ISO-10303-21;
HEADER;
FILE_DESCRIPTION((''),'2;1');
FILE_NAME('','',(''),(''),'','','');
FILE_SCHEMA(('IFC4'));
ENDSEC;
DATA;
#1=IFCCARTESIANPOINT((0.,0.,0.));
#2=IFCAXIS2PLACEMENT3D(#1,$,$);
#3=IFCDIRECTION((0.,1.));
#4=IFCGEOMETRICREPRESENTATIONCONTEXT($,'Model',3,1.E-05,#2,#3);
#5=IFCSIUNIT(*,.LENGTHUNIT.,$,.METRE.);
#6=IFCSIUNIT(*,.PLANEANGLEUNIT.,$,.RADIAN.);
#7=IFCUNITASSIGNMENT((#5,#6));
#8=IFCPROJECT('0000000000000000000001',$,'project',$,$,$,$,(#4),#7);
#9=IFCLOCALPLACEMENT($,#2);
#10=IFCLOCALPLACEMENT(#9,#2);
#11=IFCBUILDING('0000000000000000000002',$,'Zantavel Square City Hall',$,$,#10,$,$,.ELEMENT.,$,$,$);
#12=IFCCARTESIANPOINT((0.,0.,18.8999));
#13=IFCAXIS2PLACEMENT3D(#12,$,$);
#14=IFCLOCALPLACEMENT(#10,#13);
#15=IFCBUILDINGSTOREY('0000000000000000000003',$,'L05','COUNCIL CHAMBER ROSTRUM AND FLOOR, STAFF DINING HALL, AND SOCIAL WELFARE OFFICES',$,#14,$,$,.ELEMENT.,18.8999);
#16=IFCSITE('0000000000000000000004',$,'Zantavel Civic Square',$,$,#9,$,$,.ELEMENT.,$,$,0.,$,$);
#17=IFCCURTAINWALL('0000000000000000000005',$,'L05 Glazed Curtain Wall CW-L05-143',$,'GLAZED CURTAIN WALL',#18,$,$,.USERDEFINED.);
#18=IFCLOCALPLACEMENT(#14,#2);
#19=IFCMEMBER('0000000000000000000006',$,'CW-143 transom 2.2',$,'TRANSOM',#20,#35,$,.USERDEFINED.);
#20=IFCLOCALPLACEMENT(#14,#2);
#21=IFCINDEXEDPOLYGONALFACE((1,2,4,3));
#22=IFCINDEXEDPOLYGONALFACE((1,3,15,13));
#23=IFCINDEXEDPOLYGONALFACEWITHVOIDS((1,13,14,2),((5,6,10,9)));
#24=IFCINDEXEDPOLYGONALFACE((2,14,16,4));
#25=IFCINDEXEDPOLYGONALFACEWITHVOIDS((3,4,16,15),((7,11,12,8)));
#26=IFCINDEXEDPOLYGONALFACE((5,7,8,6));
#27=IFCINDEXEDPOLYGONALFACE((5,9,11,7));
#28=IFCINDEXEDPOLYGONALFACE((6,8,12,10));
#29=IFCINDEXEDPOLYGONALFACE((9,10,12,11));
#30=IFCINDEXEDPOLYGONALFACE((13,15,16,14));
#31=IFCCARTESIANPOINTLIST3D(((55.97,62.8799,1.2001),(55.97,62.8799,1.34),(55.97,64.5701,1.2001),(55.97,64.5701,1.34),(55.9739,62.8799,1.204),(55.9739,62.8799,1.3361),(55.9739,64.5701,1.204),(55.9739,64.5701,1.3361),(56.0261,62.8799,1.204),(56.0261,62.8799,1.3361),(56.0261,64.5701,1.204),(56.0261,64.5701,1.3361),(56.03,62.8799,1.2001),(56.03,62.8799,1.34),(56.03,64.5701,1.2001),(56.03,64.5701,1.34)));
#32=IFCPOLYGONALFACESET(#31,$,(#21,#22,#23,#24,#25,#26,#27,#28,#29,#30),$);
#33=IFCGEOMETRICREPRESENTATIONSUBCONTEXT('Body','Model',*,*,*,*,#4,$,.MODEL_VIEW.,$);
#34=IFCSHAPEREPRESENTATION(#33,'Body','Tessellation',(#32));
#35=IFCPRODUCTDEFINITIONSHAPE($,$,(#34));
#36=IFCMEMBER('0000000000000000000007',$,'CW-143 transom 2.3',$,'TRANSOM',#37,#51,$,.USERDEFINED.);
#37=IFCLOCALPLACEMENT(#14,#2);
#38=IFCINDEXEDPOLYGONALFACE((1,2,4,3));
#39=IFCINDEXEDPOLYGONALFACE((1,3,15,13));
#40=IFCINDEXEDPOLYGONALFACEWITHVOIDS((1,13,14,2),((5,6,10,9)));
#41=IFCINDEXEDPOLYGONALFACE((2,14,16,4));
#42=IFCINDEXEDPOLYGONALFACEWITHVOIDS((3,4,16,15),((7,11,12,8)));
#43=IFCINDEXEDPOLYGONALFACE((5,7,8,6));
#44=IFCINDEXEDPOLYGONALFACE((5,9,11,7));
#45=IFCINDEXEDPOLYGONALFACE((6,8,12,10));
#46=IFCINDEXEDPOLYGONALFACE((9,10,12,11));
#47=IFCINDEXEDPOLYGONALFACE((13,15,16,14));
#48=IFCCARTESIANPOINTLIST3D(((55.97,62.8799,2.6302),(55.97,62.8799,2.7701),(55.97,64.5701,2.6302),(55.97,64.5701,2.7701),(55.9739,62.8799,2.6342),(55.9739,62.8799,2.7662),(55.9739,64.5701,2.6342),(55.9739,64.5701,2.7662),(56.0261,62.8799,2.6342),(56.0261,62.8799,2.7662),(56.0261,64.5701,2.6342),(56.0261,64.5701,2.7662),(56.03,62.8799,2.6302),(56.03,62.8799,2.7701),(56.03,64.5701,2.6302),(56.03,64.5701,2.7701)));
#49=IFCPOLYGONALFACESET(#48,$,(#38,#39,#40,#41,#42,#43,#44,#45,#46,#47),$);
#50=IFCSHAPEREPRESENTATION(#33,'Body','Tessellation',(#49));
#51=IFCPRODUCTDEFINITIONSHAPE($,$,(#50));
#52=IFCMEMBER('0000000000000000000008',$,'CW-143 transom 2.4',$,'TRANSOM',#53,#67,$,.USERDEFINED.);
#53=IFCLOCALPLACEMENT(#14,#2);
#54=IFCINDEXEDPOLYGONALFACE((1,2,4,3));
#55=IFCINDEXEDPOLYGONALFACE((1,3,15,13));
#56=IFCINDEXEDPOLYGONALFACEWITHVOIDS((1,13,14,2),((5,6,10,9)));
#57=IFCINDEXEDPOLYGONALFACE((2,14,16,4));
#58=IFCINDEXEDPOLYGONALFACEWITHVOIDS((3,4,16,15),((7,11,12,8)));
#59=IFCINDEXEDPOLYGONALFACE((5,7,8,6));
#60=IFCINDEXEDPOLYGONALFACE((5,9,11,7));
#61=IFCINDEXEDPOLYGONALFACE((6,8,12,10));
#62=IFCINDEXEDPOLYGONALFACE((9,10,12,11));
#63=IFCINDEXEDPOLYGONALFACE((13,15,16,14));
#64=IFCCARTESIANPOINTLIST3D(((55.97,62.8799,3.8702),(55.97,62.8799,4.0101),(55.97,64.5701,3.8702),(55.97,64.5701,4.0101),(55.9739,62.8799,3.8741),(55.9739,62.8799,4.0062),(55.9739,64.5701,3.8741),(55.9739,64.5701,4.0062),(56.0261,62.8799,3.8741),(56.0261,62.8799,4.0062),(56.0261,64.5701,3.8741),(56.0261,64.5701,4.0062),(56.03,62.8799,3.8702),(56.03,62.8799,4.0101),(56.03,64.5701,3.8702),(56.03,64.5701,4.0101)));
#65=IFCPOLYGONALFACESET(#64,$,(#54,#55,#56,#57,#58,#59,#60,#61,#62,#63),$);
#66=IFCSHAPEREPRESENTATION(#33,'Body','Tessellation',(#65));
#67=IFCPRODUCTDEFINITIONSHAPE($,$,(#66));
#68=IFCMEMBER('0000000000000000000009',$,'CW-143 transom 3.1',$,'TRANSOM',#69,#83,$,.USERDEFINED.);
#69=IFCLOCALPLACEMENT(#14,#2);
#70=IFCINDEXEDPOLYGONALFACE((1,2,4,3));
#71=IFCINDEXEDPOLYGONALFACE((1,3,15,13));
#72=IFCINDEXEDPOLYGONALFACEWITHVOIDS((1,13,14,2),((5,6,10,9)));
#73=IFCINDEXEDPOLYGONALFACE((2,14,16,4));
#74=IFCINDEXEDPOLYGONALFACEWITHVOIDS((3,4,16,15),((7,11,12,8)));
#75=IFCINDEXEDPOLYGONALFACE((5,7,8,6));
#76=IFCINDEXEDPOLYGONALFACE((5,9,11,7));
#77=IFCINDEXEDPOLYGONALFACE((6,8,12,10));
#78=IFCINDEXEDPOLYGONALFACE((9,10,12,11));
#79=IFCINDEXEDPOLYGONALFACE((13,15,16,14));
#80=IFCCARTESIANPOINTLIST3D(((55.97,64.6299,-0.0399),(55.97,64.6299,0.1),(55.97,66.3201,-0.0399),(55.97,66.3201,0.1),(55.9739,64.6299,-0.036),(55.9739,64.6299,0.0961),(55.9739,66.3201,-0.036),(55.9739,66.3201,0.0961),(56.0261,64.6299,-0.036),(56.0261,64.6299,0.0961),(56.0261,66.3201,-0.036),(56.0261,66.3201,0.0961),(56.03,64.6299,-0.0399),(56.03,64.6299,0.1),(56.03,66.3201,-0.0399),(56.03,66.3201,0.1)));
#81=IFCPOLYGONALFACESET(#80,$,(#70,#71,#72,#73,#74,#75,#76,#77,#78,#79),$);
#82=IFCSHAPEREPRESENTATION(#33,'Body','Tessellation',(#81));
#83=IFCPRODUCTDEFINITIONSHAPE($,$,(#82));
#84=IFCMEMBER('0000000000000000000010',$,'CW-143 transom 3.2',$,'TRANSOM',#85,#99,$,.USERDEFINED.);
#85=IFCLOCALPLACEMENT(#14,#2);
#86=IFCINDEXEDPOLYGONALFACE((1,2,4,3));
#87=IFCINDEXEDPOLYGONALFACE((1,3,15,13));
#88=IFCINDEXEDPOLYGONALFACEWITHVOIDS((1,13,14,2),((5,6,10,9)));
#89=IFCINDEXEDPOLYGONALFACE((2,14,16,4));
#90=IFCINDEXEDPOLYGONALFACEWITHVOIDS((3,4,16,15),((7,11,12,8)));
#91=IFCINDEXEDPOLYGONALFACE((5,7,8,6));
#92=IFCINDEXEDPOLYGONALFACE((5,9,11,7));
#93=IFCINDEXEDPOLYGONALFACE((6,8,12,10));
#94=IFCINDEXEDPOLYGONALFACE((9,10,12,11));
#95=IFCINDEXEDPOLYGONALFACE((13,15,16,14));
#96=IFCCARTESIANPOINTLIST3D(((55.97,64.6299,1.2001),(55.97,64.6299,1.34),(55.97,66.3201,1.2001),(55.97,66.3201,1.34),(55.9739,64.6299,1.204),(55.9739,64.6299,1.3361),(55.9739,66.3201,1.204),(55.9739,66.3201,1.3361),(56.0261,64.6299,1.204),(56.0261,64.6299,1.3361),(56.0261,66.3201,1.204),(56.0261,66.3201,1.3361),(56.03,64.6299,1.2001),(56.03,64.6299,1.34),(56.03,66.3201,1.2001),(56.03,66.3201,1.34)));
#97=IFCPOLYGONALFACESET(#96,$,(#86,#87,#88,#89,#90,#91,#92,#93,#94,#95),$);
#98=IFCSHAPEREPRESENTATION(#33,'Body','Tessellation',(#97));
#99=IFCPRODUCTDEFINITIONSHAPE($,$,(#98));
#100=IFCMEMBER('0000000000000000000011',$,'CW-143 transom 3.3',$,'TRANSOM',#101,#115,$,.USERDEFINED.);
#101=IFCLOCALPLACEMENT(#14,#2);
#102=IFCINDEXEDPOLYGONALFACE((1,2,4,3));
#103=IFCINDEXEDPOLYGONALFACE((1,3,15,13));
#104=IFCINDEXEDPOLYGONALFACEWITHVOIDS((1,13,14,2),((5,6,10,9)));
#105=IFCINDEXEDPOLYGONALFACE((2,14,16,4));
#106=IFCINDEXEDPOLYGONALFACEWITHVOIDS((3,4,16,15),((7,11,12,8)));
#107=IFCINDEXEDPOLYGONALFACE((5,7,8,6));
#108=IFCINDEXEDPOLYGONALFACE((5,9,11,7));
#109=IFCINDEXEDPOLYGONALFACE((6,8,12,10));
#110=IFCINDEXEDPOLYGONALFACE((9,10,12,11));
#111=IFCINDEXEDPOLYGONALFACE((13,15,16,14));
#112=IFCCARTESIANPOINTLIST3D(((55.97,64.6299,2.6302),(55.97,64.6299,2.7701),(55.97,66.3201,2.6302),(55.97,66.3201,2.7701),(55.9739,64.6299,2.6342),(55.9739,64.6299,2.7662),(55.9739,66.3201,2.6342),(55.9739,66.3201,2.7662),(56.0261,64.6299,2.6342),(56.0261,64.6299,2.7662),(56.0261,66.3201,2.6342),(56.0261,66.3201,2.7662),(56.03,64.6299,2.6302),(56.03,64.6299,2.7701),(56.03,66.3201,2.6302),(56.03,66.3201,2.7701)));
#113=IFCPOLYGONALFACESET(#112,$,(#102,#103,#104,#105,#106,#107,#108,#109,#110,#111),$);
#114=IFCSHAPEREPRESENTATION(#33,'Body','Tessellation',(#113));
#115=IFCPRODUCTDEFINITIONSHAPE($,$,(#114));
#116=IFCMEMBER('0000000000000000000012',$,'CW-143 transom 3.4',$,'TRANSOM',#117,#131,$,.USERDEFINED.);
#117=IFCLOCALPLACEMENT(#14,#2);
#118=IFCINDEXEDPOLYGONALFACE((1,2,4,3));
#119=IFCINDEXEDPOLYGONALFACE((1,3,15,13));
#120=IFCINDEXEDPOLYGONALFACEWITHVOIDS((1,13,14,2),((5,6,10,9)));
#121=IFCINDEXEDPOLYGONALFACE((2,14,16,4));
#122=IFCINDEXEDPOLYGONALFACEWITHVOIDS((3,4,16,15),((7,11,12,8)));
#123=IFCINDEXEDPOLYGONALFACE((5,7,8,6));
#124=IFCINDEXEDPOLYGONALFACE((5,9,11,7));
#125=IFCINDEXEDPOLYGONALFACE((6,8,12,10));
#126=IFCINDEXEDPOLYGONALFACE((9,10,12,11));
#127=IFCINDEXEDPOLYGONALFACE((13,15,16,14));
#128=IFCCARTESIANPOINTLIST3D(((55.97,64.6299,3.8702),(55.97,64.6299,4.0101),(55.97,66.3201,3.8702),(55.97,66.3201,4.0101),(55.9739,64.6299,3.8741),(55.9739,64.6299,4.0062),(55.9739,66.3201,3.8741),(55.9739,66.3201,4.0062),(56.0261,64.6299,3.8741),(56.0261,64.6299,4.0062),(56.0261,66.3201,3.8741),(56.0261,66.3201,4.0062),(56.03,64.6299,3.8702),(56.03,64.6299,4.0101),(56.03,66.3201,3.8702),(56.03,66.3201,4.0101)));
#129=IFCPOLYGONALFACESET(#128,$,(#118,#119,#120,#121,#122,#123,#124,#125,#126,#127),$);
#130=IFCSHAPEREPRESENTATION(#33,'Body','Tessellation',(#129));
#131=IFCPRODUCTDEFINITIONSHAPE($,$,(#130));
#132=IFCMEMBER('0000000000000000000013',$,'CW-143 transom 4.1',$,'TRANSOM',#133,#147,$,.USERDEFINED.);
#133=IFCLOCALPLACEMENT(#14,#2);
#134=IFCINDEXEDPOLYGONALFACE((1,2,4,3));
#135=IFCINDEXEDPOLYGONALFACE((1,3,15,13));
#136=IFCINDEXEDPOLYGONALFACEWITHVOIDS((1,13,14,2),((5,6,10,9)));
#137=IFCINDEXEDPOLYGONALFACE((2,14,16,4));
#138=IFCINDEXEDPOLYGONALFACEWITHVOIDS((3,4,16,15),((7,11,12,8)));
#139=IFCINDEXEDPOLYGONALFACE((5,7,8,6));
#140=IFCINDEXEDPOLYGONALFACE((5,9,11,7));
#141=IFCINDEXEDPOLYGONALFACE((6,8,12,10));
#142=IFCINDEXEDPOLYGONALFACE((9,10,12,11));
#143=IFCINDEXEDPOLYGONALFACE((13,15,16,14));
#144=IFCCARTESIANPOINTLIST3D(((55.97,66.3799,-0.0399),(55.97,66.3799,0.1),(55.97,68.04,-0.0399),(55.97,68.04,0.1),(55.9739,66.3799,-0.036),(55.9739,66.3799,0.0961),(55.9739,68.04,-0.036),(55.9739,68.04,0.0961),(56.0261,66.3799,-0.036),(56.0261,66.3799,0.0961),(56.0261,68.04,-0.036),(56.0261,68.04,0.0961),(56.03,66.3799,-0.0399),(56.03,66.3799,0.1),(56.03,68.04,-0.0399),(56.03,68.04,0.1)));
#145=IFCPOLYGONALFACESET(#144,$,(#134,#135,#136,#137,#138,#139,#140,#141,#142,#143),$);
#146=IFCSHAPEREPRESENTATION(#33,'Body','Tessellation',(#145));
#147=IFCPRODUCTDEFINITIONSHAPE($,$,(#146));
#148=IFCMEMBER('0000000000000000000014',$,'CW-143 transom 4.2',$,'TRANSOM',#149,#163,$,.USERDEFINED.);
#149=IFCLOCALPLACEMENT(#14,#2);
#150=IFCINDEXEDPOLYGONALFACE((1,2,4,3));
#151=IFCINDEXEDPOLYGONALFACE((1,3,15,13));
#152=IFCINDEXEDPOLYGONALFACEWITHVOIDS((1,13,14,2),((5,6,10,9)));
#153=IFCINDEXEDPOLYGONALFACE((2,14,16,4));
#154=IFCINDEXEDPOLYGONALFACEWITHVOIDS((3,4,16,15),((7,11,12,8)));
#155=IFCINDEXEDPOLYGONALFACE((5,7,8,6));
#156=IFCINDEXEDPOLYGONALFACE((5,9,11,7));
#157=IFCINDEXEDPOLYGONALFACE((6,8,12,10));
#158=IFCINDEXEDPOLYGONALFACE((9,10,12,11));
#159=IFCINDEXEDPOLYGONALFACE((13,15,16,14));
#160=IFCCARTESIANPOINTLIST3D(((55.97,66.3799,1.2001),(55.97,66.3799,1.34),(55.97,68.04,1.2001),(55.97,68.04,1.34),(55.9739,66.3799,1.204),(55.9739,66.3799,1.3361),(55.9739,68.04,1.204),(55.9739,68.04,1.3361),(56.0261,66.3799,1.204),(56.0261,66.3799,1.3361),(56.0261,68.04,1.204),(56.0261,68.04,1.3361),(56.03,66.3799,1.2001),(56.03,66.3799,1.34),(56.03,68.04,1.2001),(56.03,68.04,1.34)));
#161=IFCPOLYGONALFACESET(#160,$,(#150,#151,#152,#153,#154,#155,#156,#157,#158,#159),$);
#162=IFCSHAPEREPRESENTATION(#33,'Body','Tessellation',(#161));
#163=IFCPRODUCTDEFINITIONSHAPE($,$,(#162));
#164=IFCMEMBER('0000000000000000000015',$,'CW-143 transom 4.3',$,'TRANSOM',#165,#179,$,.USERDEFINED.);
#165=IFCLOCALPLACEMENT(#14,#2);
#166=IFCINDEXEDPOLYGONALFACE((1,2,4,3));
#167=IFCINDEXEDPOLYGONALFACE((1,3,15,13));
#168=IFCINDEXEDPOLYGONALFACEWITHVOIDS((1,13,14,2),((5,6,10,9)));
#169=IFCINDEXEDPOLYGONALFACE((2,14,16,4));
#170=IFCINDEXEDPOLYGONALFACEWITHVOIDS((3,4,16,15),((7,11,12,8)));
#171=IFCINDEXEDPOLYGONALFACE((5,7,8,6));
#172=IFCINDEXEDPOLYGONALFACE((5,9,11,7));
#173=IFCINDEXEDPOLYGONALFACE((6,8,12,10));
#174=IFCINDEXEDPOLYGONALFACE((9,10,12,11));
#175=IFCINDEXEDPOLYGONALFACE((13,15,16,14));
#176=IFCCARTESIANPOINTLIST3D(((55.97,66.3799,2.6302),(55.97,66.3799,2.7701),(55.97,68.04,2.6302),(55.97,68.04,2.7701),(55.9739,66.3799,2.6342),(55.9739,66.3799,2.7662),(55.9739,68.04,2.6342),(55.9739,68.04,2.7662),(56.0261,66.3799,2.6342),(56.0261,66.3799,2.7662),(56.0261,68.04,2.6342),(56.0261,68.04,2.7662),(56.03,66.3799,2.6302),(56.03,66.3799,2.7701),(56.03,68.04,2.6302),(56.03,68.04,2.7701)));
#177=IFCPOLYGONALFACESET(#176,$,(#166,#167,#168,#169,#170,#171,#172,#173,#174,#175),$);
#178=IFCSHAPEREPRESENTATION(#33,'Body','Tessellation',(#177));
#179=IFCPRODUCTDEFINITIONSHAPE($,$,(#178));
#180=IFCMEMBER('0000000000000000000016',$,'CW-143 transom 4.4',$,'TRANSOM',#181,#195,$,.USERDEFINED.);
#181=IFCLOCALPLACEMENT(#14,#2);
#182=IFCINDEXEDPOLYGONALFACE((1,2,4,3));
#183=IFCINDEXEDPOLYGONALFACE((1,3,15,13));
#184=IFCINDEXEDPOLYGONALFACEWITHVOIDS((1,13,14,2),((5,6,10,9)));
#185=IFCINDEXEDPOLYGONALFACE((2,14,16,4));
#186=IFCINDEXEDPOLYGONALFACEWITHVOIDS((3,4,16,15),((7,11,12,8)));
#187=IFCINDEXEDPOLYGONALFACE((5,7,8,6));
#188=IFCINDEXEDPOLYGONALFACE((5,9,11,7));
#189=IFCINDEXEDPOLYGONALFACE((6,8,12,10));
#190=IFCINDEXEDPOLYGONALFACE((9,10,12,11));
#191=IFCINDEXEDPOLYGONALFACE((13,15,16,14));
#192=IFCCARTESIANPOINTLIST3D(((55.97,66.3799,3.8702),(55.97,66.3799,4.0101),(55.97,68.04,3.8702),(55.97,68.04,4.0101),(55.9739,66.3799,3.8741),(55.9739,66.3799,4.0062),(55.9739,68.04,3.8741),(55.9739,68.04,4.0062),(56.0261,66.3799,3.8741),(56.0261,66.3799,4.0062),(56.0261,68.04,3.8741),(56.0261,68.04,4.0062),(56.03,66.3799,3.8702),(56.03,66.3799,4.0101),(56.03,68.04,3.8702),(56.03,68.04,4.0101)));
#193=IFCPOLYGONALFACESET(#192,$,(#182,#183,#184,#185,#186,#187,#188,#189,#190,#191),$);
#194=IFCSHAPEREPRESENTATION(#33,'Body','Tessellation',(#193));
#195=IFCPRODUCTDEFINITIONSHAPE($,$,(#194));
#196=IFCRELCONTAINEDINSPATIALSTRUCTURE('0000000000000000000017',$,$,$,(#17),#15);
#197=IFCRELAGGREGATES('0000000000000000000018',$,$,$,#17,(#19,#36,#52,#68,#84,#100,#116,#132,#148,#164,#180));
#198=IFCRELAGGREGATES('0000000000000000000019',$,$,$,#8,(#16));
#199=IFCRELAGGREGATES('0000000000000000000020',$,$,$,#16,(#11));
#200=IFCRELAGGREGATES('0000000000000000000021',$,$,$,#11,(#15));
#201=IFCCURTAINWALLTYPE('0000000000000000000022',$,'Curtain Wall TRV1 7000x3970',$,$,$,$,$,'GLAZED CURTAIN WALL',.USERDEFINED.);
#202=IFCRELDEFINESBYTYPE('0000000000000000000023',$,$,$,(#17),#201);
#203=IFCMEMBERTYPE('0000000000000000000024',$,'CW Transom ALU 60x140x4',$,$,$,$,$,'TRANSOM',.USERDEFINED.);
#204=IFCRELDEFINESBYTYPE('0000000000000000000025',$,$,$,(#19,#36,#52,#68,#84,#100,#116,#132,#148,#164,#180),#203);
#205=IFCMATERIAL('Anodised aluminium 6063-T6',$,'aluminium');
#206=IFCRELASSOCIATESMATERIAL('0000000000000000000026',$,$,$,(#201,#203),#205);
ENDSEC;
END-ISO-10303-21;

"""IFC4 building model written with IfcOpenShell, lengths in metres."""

from ifc_helpers import new_model, si_unit, direction, frame, origin, origin_2d, place, context, subcontext, project, spatial, hollow_rectangle, extrude, material, material_profile, profile_set, type_object, element, aggregate, save


model = new_model("IFC4")

# Units and contexts
model_context = context("Model", 3, precision=1e-05, world=origin(), true_north=direction((0.0, 1.0)))
body_context = subcontext(model_context, "Body", "Model", "MODEL_VIEW")
ifc_project = project(units=[si_unit("LENGTHUNIT", "METRE"), si_unit("PLANEANGLEUNIT", "RADIAN")], contexts=[model_context])

# Site, building, storey
site_placement = place(None, origin())
site = spatial("IfcSite", under=ifc_project, at=site_placement, Name="Zantavel Civic Square", CompositionType="ELEMENT", RefElevation=0.0)
building_placement = place(site_placement, origin())
building = spatial("IfcBuilding", under=site, at=building_placement, Name="Zantavel Square City Hall", CompositionType="ELEMENT")
storey_placement = place(building_placement, frame((0.0, 0.0, 18.8999)))
storey = spatial("IfcBuildingStorey", under=building, at=storey_placement, Name="L05", Description="COUNCIL CHAMBER ROSTRUM AND FLOOR, STAFF DINING HALL, AND SOCIAL WELFARE OFFICES", CompositionType="ELEMENT", Elevation=18.8999)

# Curtain wall, members
ifc_material_1 = material(Name="Anodised aluminium 6063-T6", Category="aluminium")
curtain_wall_type = type_object("IfcCurtainWallType", Name="Curtain Wall TRV1 7000x3970", ElementType="GLAZED CURTAIN WALL", PredefinedType="USERDEFINED", material=ifc_material_1)
curtain_wall_placement = place(storey_placement, origin())
curtain_wall = element("IfcCurtainWall", 1, at=curtain_wall_placement, inside=storey, type_object=curtain_wall_type, Name="L05 Glazed Curtain Wall CW-L05-143", ObjectType="GLAZED CURTAIN WALL", PredefinedType="USERDEFINED")
ifc_material_profile_1 = material_profile(ifc_material_1, hollow_rectangle(XDim=0.0601, YDim=0.1399, WallThickness=0.0039, at=origin_2d()), Name="ALU 60x140x4")
ifc_profile_set_1 = profile_set([ifc_material_profile_1], Name="Anodised aluminium 6063-T6")
member_type_1 = type_object("IfcMemberType", Name="CW Transom ALU 60x140x4", ElementType="TRANSOM", PredefinedType="USERDEFINED", material=ifc_profile_set_1)
member_1_placement = place(storey_placement, frame((56.0, 62.8799, 1.27), z_axis=(0.0, 1.0, 0.0), x_axis=(-1.0, 0.0, 0.0)))
member_1 = element("IfcMember", 2, at=member_1_placement, type_object=member_type_1, Name="CW-143 transom 2.2", ObjectType="TRANSOM", PredefinedType="USERDEFINED", context=body_context, shape_type="SweptSolid", body=[
    extrude(hollow_rectangle(XDim=0.0601, YDim=0.1399, WallThickness=0.0039, at=origin_2d()), origin(), (0.0, 0.0, 1.0), 1.6902),
])
member_2_placement = place(storey_placement, frame((56.0, 62.8799, 2.7002), z_axis=(0.0, 1.0, 0.0), x_axis=(-1.0, 0.0, 0.0)))
member_2 = element("IfcMember", 3, at=member_2_placement, type_object=member_type_1, Name="CW-143 transom 2.3", ObjectType="TRANSOM", PredefinedType="USERDEFINED", context=body_context, shape_type="SweptSolid", body=[
    extrude(hollow_rectangle(XDim=0.0601, YDim=0.1399, WallThickness=0.0039, at=origin_2d()), origin(), (0.0, 0.0, 1.0), 1.6902),
])
member_3_placement = place(storey_placement, frame((56.0, 62.8799, 3.9402), z_axis=(0.0, 1.0, 0.0), x_axis=(-1.0, 0.0, 0.0)))
member_3 = element("IfcMember", 4, at=member_3_placement, type_object=member_type_1, Name="CW-143 transom 2.4", ObjectType="TRANSOM", PredefinedType="USERDEFINED", context=body_context, shape_type="SweptSolid", body=[
    extrude(hollow_rectangle(XDim=0.0601, YDim=0.1399, WallThickness=0.0039, at=origin_2d()), origin(), (0.0, 0.0, 1.0), 1.6902),
])
member_4_placement = place(storey_placement, frame((56.0, 64.6299, 0.03), z_axis=(0.0, 1.0, 0.0), x_axis=(-1.0, 0.0, 0.0)))
member_4 = element("IfcMember", 5, at=member_4_placement, type_object=member_type_1, Name="CW-143 transom 3.1", ObjectType="TRANSOM", PredefinedType="USERDEFINED", context=body_context, shape_type="SweptSolid", body=[
    extrude(hollow_rectangle(XDim=0.0601, YDim=0.1399, WallThickness=0.0039, at=origin_2d()), origin(), (0.0, 0.0, 1.0), 1.6902),
])
member_5_placement = place(storey_placement, frame((56.0, 64.6299, 1.27), z_axis=(0.0, 1.0, 0.0), x_axis=(-1.0, 0.0, 0.0)))
member_5 = element("IfcMember", 6, at=member_5_placement, type_object=member_type_1, Name="CW-143 transom 3.2", ObjectType="TRANSOM", PredefinedType="USERDEFINED", context=body_context, shape_type="SweptSolid", body=[
    extrude(hollow_rectangle(XDim=0.0601, YDim=0.1399, WallThickness=0.0039, at=origin_2d()), origin(), (0.0, 0.0, 1.0), 1.6902),
])
member_6_placement = place(storey_placement, frame((56.0, 64.6299, 2.7002), z_axis=(0.0, 1.0, 0.0), x_axis=(-1.0, 0.0, 0.0)))
member_6 = element("IfcMember", 7, at=member_6_placement, type_object=member_type_1, Name="CW-143 transom 3.3", ObjectType="TRANSOM", PredefinedType="USERDEFINED", context=body_context, shape_type="SweptSolid", body=[
    extrude(hollow_rectangle(XDim=0.0601, YDim=0.1399, WallThickness=0.0039, at=origin_2d()), origin(), (0.0, 0.0, 1.0), 1.6902),
])
member_7_placement = place(storey_placement, frame((56.0, 64.6299, 3.9402), z_axis=(0.0, 1.0, 0.0), x_axis=(-1.0, 0.0, 0.0)))
member_7 = element("IfcMember", 8, at=member_7_placement, type_object=member_type_1, Name="CW-143 transom 3.4", ObjectType="TRANSOM", PredefinedType="USERDEFINED", context=body_context, shape_type="SweptSolid", body=[
    extrude(hollow_rectangle(XDim=0.0601, YDim=0.1399, WallThickness=0.0039, at=origin_2d()), origin(), (0.0, 0.0, 1.0), 1.6902),
])
member_8_placement = place(storey_placement, frame((56.0, 66.3799, 0.03), z_axis=(0.0, 1.0, 0.0), x_axis=(-1.0, 0.0, 0.0)))
member_8 = element("IfcMember", 9, at=member_8_placement, type_object=member_type_1, Name="CW-143 transom 4.1", ObjectType="TRANSOM", PredefinedType="USERDEFINED", context=body_context, shape_type="SweptSolid", body=[
    extrude(hollow_rectangle(XDim=0.0601, YDim=0.1399, WallThickness=0.0039, at=origin_2d()), origin(), (0.0, 0.0, 1.0), 1.6602),
])
member_9_placement = place(storey_placement, frame((56.0, 66.3799, 1.27), z_axis=(0.0, 1.0, 0.0), x_axis=(-1.0, 0.0, 0.0)))
member_9 = element("IfcMember", 10, at=member_9_placement, type_object=member_type_1, Name="CW-143 transom 4.2", ObjectType="TRANSOM", PredefinedType="USERDEFINED", context=body_context, shape_type="SweptSolid", body=[
    extrude(hollow_rectangle(XDim=0.0601, YDim=0.1399, WallThickness=0.0039, at=origin_2d()), origin(), (0.0, 0.0, 1.0), 1.6602),
])
member_10_placement = place(storey_placement, frame((56.0, 66.3799, 2.7002), z_axis=(0.0, 1.0, 0.0), x_axis=(-1.0, 0.0, 0.0)))
member_10 = element("IfcMember", 11, at=member_10_placement, type_object=member_type_1, Name="CW-143 transom 4.3", ObjectType="TRANSOM", PredefinedType="USERDEFINED", context=body_context, shape_type="SweptSolid", body=[
    extrude(hollow_rectangle(XDim=0.0601, YDim=0.1399, WallThickness=0.0039, at=origin_2d()), origin(), (0.0, 0.0, 1.0), 1.6602),
])
member_11_placement = place(storey_placement, frame((56.0, 66.3799, 3.9402), z_axis=(0.0, 1.0, 0.0), x_axis=(-1.0, 0.0, 0.0)))
member_11 = element("IfcMember", 12, at=member_11_placement, type_object=member_type_1, Name="CW-143 transom 4.4", ObjectType="TRANSOM", PredefinedType="USERDEFINED", context=body_context, shape_type="SweptSolid", body=[
    extrude(hollow_rectangle(XDim=0.0601, YDim=0.1399, WallThickness=0.0039, at=origin_2d()), origin(), (0.0, 0.0, 1.0), 1.6602),
])

aggregate(curtain_wall, [member_1, member_2, member_3, member_4, member_5, member_6, member_7, member_8, member_9, member_10, member_11])

save(model, "model.ifc")
